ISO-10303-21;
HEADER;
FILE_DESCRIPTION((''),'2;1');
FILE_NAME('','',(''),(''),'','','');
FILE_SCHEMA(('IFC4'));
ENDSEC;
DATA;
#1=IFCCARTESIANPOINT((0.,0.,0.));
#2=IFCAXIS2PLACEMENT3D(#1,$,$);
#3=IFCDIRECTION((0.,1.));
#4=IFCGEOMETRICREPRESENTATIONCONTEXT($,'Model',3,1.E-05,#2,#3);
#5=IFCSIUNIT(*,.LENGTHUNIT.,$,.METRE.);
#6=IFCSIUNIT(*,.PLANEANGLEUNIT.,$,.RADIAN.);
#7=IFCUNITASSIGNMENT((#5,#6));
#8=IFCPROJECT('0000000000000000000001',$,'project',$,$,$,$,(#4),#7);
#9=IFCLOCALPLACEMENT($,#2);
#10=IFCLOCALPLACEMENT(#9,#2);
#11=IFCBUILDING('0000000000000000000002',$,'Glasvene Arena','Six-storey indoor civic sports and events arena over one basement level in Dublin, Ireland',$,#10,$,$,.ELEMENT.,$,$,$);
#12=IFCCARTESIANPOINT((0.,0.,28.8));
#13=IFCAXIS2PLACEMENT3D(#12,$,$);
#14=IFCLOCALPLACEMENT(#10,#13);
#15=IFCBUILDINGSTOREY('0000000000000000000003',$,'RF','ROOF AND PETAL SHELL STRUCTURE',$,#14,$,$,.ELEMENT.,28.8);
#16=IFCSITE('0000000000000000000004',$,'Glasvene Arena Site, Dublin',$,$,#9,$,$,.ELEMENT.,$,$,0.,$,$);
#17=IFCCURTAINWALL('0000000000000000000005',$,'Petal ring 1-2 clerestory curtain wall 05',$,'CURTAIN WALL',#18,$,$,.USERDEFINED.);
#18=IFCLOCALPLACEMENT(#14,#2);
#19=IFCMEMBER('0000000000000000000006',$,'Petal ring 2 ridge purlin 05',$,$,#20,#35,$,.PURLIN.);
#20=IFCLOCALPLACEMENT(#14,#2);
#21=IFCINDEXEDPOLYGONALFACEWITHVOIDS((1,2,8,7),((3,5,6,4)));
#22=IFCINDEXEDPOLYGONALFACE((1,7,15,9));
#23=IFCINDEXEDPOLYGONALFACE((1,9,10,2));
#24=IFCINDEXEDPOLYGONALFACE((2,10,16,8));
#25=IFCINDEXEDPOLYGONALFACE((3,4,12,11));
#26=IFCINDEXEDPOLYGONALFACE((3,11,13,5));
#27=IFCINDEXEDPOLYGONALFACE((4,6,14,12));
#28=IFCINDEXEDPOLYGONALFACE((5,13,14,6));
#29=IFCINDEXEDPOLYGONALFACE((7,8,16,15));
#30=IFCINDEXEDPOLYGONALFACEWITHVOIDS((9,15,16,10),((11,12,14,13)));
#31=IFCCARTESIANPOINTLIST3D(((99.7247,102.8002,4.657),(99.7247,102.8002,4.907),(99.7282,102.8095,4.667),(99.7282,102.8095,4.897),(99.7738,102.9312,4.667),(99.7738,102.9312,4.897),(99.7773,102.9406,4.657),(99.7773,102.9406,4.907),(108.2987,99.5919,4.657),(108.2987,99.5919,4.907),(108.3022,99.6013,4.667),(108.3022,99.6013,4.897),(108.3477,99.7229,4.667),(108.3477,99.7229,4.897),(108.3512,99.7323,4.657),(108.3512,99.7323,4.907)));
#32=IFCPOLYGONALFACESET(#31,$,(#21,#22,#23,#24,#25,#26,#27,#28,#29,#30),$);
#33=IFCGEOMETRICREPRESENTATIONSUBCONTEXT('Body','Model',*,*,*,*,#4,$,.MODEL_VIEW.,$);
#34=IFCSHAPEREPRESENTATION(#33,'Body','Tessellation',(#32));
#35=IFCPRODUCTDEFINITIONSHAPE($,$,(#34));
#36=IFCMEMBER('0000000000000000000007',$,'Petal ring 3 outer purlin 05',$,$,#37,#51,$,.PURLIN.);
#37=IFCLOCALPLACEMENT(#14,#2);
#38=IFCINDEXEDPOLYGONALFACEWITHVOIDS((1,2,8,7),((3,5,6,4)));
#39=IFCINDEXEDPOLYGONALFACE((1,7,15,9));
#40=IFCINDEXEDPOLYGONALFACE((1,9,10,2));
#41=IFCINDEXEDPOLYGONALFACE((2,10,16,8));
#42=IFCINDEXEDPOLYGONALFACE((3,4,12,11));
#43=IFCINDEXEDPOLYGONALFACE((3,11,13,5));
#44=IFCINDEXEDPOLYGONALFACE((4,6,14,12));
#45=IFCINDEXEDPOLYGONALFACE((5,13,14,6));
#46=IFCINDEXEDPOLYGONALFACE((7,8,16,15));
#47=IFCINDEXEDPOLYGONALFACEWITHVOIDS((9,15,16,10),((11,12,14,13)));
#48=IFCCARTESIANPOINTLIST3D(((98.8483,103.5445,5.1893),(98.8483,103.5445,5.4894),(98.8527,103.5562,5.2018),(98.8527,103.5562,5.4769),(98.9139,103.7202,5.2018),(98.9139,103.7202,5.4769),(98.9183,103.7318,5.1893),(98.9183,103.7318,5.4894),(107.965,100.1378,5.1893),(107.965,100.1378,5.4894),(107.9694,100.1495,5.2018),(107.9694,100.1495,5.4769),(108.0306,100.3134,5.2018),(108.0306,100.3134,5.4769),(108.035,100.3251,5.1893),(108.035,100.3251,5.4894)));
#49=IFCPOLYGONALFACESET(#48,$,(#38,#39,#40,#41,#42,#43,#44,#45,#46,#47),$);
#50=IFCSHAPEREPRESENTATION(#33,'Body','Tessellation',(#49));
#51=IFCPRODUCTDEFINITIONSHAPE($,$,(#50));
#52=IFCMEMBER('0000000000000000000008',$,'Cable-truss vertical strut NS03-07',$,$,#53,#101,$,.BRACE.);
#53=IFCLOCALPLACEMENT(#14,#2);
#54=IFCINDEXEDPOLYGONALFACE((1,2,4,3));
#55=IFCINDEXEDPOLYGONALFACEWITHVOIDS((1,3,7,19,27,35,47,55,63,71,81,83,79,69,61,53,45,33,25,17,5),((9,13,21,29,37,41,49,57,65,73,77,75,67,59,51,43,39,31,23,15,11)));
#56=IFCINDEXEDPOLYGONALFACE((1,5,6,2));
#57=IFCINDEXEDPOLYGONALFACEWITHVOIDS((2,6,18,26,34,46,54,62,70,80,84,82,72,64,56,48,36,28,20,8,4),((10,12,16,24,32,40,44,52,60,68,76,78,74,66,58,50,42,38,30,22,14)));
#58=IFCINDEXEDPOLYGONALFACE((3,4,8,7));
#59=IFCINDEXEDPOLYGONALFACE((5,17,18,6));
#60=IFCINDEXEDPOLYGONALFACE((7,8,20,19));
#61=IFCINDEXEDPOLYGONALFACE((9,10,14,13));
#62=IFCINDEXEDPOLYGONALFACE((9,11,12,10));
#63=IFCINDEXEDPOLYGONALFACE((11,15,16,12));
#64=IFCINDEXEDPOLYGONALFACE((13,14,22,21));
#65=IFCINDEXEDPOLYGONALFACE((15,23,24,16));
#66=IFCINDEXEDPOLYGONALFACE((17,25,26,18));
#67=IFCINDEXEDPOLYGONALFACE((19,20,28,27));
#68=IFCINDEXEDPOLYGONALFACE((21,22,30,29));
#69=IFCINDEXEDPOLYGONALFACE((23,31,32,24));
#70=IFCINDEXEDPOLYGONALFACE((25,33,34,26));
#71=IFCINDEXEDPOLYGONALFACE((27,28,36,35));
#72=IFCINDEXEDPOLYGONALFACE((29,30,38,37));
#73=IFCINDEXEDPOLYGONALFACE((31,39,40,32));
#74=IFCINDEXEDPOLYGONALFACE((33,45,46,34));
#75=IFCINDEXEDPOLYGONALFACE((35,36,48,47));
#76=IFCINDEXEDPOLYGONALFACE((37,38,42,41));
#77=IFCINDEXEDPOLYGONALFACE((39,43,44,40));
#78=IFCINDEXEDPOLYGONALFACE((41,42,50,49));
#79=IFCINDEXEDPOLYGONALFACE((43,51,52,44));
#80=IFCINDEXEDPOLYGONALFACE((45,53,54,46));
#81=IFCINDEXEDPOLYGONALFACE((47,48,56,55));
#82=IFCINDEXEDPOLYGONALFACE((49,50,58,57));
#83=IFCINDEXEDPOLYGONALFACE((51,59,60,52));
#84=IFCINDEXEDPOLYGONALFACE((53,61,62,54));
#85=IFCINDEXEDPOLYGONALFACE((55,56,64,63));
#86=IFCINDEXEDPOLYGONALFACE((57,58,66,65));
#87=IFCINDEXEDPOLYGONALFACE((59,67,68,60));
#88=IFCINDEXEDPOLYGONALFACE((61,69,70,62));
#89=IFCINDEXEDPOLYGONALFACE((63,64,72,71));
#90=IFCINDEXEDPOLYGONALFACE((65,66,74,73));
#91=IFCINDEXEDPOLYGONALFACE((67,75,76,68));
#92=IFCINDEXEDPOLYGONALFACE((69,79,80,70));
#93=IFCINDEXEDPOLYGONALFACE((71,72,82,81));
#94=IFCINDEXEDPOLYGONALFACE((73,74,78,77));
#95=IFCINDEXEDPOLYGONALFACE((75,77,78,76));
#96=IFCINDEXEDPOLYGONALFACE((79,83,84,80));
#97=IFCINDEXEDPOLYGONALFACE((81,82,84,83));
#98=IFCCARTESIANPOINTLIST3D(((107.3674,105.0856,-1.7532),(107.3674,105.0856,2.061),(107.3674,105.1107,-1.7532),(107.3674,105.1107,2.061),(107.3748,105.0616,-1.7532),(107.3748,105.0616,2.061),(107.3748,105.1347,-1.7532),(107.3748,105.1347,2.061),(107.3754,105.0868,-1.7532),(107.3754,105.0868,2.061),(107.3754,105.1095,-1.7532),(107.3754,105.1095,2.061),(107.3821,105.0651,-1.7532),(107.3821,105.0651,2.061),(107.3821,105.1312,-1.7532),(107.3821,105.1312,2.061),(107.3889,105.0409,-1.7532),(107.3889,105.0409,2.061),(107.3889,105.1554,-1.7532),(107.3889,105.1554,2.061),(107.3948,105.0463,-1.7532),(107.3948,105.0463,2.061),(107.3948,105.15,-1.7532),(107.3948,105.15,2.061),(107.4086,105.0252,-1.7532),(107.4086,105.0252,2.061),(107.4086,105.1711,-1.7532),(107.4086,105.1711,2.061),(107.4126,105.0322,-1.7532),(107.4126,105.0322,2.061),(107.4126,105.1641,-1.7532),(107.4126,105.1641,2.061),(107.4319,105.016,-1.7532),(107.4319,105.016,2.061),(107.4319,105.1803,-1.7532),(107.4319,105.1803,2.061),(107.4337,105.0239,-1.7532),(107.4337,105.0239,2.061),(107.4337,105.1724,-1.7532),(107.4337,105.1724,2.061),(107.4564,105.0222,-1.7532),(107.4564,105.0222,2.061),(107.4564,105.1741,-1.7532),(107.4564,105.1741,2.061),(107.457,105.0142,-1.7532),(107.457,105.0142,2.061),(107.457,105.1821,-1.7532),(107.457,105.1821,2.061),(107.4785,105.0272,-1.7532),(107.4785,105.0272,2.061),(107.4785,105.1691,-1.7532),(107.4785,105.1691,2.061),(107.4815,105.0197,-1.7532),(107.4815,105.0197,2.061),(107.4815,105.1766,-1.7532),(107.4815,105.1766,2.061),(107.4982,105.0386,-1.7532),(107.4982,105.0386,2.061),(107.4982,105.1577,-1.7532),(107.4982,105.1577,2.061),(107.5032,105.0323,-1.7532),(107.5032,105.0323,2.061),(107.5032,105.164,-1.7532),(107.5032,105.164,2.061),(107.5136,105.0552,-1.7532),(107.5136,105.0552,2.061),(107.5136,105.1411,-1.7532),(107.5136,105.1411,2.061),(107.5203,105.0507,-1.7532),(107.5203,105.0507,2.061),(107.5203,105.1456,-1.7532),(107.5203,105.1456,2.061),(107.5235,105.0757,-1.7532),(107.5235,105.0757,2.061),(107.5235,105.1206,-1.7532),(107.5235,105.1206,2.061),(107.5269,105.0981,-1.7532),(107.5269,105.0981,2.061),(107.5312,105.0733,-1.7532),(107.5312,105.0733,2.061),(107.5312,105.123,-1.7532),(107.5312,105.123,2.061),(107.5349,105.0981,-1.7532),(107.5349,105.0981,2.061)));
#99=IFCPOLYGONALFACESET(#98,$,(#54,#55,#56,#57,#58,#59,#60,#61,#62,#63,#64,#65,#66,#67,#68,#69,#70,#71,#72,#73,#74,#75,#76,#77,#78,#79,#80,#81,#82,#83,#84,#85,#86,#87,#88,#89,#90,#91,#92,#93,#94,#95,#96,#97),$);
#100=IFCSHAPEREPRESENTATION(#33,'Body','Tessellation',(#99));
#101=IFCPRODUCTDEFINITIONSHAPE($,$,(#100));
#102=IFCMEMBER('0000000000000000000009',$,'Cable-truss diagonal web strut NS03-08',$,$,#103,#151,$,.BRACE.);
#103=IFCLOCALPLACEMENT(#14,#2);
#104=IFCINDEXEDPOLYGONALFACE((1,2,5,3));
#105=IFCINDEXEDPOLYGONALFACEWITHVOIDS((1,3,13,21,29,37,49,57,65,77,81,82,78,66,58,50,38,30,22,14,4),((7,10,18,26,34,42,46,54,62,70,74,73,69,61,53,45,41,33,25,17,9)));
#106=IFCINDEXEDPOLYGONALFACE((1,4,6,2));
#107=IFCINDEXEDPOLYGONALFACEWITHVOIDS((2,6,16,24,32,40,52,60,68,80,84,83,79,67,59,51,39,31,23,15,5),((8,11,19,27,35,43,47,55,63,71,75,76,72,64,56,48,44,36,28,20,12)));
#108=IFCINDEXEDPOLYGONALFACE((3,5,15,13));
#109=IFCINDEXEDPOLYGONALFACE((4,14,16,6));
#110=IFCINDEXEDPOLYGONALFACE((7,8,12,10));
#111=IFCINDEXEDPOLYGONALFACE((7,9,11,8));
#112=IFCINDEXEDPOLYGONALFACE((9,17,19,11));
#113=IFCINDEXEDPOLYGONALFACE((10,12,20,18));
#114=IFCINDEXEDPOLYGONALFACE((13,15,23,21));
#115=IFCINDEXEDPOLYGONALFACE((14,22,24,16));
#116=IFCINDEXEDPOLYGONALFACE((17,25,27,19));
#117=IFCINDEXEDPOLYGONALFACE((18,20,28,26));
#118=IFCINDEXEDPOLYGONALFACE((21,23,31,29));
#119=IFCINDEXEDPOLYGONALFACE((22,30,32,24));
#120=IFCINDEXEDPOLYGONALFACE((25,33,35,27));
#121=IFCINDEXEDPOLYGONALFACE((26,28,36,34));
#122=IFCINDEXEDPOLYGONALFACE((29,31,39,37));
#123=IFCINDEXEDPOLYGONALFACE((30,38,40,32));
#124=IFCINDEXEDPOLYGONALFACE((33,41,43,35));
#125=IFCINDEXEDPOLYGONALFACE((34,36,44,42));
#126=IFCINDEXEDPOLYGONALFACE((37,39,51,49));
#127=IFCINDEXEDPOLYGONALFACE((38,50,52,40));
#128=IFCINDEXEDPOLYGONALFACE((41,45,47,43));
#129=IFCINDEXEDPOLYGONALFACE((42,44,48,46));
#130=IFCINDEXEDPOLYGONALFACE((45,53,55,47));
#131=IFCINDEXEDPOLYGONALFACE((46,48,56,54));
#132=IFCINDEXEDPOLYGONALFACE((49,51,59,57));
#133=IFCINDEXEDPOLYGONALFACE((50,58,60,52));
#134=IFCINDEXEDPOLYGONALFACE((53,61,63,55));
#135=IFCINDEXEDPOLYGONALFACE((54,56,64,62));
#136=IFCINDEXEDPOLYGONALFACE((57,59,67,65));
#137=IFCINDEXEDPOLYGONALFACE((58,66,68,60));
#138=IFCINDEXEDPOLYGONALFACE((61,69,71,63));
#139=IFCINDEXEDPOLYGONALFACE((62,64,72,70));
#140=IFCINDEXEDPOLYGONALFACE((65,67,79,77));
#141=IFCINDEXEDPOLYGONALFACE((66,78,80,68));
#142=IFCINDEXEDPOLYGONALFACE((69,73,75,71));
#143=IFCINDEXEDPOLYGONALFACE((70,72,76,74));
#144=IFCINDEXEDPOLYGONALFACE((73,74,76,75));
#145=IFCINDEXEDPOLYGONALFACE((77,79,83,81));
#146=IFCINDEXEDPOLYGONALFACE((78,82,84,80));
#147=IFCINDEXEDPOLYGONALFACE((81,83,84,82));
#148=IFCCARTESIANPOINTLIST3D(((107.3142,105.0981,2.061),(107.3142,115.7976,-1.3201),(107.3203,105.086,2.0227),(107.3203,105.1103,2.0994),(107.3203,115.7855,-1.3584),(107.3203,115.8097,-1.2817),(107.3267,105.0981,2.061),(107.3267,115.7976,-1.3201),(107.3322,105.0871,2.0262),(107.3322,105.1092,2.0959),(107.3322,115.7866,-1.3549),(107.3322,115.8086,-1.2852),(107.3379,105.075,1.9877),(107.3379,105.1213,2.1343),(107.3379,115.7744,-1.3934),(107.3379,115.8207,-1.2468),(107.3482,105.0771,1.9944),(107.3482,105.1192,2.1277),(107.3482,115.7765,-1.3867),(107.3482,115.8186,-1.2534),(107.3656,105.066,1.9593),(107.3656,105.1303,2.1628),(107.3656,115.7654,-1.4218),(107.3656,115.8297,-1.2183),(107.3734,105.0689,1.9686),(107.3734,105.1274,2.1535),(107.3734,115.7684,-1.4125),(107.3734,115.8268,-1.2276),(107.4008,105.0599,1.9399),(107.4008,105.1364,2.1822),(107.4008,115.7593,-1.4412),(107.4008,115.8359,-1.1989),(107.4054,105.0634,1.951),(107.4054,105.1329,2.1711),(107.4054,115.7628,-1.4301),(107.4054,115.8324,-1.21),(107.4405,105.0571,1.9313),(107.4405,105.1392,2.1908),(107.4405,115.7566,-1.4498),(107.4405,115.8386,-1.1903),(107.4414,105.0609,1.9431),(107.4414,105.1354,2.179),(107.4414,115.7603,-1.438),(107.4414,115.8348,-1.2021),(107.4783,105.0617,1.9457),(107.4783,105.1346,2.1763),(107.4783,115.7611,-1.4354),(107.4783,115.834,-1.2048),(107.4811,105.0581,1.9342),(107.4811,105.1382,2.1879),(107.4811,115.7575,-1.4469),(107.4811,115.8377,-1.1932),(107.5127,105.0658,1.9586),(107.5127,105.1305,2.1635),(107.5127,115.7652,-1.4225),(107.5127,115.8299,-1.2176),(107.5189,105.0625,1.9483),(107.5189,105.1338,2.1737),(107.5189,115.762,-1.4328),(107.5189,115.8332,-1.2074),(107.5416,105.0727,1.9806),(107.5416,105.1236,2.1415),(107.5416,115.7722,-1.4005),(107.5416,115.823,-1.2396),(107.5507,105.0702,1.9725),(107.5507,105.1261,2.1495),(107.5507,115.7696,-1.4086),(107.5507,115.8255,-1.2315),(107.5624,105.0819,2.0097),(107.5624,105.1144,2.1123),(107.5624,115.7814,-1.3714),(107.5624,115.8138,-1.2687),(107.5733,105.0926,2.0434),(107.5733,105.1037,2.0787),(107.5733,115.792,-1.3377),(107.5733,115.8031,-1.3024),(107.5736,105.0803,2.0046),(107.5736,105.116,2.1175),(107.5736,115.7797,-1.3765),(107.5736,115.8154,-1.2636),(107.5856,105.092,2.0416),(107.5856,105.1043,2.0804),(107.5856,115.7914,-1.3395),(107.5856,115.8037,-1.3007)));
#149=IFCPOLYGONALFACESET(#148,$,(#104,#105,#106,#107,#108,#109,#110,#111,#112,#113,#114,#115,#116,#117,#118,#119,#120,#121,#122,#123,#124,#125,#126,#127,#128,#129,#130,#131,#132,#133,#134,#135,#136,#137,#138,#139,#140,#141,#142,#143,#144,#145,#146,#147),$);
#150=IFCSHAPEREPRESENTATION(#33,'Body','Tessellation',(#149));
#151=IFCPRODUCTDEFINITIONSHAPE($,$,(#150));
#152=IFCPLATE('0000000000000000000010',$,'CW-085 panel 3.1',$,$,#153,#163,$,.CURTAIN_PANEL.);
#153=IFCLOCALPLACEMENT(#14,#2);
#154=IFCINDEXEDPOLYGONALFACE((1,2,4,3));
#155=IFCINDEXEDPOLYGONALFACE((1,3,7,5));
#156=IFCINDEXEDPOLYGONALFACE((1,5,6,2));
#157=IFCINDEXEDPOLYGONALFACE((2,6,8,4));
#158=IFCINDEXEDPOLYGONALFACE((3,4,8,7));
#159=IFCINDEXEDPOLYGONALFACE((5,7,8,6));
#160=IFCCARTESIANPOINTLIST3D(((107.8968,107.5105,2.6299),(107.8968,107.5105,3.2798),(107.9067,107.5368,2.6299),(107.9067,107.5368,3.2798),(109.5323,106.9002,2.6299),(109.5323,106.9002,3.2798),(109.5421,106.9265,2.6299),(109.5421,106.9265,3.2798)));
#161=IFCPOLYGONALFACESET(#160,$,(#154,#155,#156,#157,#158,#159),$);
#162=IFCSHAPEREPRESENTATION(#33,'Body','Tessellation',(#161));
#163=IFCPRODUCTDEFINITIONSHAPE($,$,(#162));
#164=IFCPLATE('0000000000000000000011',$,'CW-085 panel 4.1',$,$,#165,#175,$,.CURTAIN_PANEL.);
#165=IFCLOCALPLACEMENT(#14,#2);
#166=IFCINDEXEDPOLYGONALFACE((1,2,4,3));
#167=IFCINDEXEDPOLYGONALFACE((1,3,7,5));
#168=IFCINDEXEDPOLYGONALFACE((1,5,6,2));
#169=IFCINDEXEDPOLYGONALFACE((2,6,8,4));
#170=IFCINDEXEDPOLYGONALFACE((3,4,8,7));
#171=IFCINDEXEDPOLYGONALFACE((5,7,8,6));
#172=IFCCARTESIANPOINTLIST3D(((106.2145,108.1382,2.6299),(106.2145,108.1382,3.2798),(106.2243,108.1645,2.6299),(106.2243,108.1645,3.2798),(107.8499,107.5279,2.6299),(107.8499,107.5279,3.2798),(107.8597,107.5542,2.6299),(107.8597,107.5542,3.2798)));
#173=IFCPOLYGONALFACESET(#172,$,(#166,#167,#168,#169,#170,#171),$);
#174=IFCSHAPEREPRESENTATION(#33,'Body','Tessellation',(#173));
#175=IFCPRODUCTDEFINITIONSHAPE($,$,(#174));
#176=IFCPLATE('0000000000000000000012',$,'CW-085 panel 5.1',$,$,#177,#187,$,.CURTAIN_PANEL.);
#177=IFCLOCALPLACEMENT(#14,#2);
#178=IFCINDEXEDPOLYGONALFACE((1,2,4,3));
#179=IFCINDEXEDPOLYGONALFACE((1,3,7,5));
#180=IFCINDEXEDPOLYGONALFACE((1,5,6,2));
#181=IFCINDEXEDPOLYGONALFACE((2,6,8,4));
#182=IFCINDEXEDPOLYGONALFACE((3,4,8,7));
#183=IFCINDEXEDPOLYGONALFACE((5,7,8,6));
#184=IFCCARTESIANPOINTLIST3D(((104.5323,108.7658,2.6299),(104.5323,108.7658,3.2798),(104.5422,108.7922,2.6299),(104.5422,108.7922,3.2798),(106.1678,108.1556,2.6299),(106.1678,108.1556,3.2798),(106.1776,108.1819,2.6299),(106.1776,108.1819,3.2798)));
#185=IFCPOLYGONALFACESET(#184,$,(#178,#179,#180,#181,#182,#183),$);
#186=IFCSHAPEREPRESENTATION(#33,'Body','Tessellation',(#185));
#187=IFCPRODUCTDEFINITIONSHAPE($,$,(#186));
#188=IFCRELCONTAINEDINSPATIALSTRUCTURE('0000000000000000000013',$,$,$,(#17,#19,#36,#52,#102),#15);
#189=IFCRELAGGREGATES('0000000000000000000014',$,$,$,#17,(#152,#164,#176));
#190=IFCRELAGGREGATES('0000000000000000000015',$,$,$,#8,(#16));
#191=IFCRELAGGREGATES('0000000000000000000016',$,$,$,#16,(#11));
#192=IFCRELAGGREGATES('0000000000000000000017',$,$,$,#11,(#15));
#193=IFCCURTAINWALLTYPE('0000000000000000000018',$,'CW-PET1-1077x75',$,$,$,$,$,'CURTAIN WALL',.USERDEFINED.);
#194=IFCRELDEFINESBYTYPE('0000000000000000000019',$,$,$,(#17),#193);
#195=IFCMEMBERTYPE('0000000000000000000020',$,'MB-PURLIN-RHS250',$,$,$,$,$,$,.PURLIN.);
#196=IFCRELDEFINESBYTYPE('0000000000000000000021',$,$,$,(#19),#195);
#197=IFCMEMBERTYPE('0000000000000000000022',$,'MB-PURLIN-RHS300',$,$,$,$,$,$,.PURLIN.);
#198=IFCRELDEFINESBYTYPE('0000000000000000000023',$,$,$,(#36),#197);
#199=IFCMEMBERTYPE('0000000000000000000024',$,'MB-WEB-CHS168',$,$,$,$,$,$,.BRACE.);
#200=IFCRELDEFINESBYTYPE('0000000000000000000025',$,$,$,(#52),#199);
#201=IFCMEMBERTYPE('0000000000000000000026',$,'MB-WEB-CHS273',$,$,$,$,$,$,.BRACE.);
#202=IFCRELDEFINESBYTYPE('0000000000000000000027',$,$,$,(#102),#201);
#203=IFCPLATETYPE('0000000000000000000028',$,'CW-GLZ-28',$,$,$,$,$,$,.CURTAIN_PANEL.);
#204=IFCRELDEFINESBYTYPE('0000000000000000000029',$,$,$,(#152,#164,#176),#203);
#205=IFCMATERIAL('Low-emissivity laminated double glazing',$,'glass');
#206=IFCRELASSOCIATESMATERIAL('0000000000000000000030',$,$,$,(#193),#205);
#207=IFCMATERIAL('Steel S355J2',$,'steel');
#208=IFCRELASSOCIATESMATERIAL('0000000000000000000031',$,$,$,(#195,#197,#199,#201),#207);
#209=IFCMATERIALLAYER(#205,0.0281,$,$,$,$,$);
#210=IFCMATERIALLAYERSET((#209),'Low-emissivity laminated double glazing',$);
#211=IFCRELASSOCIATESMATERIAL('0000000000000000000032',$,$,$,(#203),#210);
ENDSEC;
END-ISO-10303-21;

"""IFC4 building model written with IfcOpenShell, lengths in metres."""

from ifc_helpers import new_model, si_unit, direction, frame, origin, origin_2d, place, context, subcontext, project, spatial, rectangle, hollow_rectangle, hollow_circle, extrude, material, layer, layer_set, material_profile, profile_set, type_object, element, aggregate, save


model = new_model("IFC4")

# Units and contexts
model_context = context("Model", 3, precision=1e-05, world=origin(), true_north=direction((0.0, 1.0)))
body_context = subcontext(model_context, "Body", "Model", "MODEL_VIEW")
ifc_project = project(units=[si_unit("LENGTHUNIT", "METRE"), si_unit("PLANEANGLEUNIT", "RADIAN")], contexts=[model_context])

# Site, building, storey
site_placement = place(None, origin())
site = spatial("IfcSite", under=ifc_project, at=site_placement, Name="Glasvene Arena Site, Dublin", CompositionType="ELEMENT", RefElevation=0.0)
building_placement = place(site_placement, origin())
building = spatial("IfcBuilding", under=site, at=building_placement, Name="Glasvene Arena", Description="Six-storey indoor civic sports and events arena over one basement level in Dublin, Ireland", CompositionType="ELEMENT")
storey_placement = place(building_placement, frame((0.0, 0.0, 28.8)))
storey = spatial("IfcBuildingStorey", under=building, at=storey_placement, Name="RF", Description="ROOF AND PETAL SHELL STRUCTURE", CompositionType="ELEMENT", Elevation=28.8)

# Curtain wall
ifc_material_1 = material(Name="Low-emissivity laminated double glazing", Category="glass")
curtain_wall_type_1 = type_object("IfcCurtainWallType", Name="CW-PET1-1077x75", ElementType="CURTAIN WALL", PredefinedType="USERDEFINED", material=ifc_material_1)
curtain_wall_1_placement = place(storey_placement, frame((112.925, 105.6492, 0.0)))
curtain_wall_1 = element("IfcCurtainWall", 1, at=curtain_wall_1_placement, inside=storey, type_object=curtain_wall_type_1, Name="Petal ring 1-2 clerestory curtain wall 05", ObjectType="CURTAIN WALL", PredefinedType="USERDEFINED")

# Members
ifc_material_2 = material(Name="Steel S355J2", Category="steel")
ifc_material_profile_1 = material_profile(ifc_material_2, hollow_rectangle(XDim=0.1499, YDim=0.25, WallThickness=0.01, at=origin_2d()), Name="RHS 250x150x10.0")
ifc_profile_set_1 = profile_set([ifc_material_profile_1], Name="Steel S355J2")
member_type_1 = type_object("IfcMemberType", Name="MB-PURLIN-RHS250", PredefinedType="PURLIN", material=ifc_profile_set_1)
member_1_placement = place(storey_placement, frame((108.325, 99.6621, 4.782), z_axis=(-0.93658, 0.350454, 0.0), x_axis=(-0.350454, -0.93658, 0.0)))
element("IfcMember", 2, at=member_1_placement, inside=storey, type_object=member_type_1, Name="Petal ring 2 ridge purlin 05", PredefinedType="PURLIN", context=body_context, shape_type="SweptSolid", body=[
    extrude(hollow_rectangle(XDim=0.1499, YDim=0.25, WallThickness=0.01, at=origin_2d()), origin(), (0.0, 0.0, 1.0), 9.1545),
])
ifc_material_profile_2 = material_profile(ifc_material_2, hollow_rectangle(XDim=0.2, YDim=0.3, WallThickness=0.0125, at=origin_2d()), Name="RHS 300x200x12.5")
ifc_profile_set_2 = profile_set([ifc_material_profile_2], Name="Steel S355J2")
member_type_2 = type_object("IfcMemberType", Name="MB-PURLIN-RHS300", PredefinedType="PURLIN", material=ifc_profile_set_2)
member_2_placement = place(storey_placement, frame((108.0, 100.2314, 5.3394), z_axis=(-0.936735, 0.35004, 0.0), x_axis=(-0.35004, -0.936735, 0.0)))
element("IfcMember", 3, at=member_2_placement, inside=storey, type_object=member_type_2, Name="Petal ring 3 outer purlin 05", PredefinedType="PURLIN", context=body_context, shape_type="SweptSolid", body=[
    extrude(hollow_rectangle(XDim=0.2, YDim=0.3, WallThickness=0.0125, at=origin_2d()), origin(), (0.0, 0.0, 1.0), 9.7324),
])
ifc_material_profile_3 = material_profile(ifc_material_2, hollow_circle(Radius=0.0842, WallThickness=0.0081, at=origin_2d()), Name="CHS 168.3x8.0")
ifc_profile_set_3 = profile_set([ifc_material_profile_3], Name="Steel S355J2")
member_type_3 = type_object("IfcMemberType", Name="MB-WEB-CHS168", PredefinedType="BRACE", material=ifc_profile_set_3)
member_3_placement = place(storey_placement, frame((107.4507, 105.0981, -1.7532), z_axis=(0.0, 0.0, 1.0), x_axis=(1.0, 0.0, 0.0)))
element("IfcMember", 4, at=member_3_placement, inside=storey, type_object=member_type_3, Name="Cable-truss vertical strut NS03-07", PredefinedType="BRACE", context=body_context, shape_type="SweptSolid", body=[
    extrude(hollow_circle(Radius=0.0842, WallThickness=0.0081, at=origin_2d()), origin(), (0.0, 0.0, 1.0), 3.8142),
])
ifc_material_profile_4 = material_profile(ifc_material_2, hollow_circle(Radius=0.1365, WallThickness=0.0125, at=origin_2d()), Name="CHS 273.0x12.5")
ifc_profile_set_4 = profile_set([ifc_material_profile_4], Name="Steel S355J2")
member_type_4 = type_object("IfcMemberType", Name="MB-WEB-CHS273", PredefinedType="BRACE", material=ifc_profile_set_4)
member_4_placement = place(storey_placement, frame((107.4507, 105.0981, 2.061), z_axis=(0.0, 0.953523, -0.30132), x_axis=(-1.0, 0.0, 0.0)))
element("IfcMember", 5, at=member_4_placement, inside=storey, type_object=member_type_4, Name="Cable-truss diagonal web strut NS03-08", PredefinedType="BRACE", context=body_context, shape_type="SweptSolid", body=[
    extrude(hollow_circle(Radius=0.1365, WallThickness=0.0125, at=origin_2d()), origin(), (0.0, 0.0, 1.0), 11.2209),
])

# Plates
ifc_layer_1 = layer(ifc_material_1, 0.0281)
ifc_layer_set_1 = layer_set([ifc_layer_1], Name="Low-emissivity laminated double glazing")
plate_type = type_object("IfcPlateType", Name="CW-GLZ-28", PredefinedType="CURTAIN_PANEL", material=ifc_layer_set_1)
plate_1_placement = place(storey_placement, frame((108.7195, 107.2185, 2.6299), z_axis=(0.0, 0.0, 1.0), x_axis=(-0.936902, 0.349591, 0.0)))
plate_1 = element("IfcPlate", 6, at=plate_1_placement, type_object=plate_type, Name="CW-085 panel 3.1", PredefinedType="CURTAIN_PANEL", context=body_context, shape_type="SweptSolid", body=[
    extrude(rectangle(XDim=1.7456, YDim=0.0281, at=origin_2d()), origin(), (0.0, 0.0, 1.0), 0.6499),
])
plate_2_placement = place(storey_placement, frame((107.0371, 107.8462, 2.6299), z_axis=(0.0, 0.0, 1.0), x_axis=(-0.936902, 0.349591, 0.0)))
plate_2 = element("IfcPlate", 7, at=plate_2_placement, type_object=plate_type, Name="CW-085 panel 4.1", PredefinedType="CURTAIN_PANEL", context=body_context, shape_type="SweptSolid", body=[
    extrude(rectangle(XDim=1.7456, YDim=0.0281, at=origin_2d()), origin(), (0.0, 0.0, 1.0), 0.6499),
])
plate_3_placement = place(storey_placement, frame((105.355, 108.4739, 2.6299), z_axis=(0.0, 0.0, 1.0), x_axis=(-0.936902, 0.349591, 0.0)))
plate_3 = element("IfcPlate", 8, at=plate_3_placement, type_object=plate_type, Name="CW-085 panel 5.1", PredefinedType="CURTAIN_PANEL", context=body_context, shape_type="SweptSolid", body=[
    extrude(rectangle(XDim=1.7456, YDim=0.0281, at=origin_2d()), origin(), (0.0, 0.0, 1.0), 0.6499),
])
aggregate(curtain_wall_1, [plate_1, plate_2, plate_3])

save(model, "model.ifc")
